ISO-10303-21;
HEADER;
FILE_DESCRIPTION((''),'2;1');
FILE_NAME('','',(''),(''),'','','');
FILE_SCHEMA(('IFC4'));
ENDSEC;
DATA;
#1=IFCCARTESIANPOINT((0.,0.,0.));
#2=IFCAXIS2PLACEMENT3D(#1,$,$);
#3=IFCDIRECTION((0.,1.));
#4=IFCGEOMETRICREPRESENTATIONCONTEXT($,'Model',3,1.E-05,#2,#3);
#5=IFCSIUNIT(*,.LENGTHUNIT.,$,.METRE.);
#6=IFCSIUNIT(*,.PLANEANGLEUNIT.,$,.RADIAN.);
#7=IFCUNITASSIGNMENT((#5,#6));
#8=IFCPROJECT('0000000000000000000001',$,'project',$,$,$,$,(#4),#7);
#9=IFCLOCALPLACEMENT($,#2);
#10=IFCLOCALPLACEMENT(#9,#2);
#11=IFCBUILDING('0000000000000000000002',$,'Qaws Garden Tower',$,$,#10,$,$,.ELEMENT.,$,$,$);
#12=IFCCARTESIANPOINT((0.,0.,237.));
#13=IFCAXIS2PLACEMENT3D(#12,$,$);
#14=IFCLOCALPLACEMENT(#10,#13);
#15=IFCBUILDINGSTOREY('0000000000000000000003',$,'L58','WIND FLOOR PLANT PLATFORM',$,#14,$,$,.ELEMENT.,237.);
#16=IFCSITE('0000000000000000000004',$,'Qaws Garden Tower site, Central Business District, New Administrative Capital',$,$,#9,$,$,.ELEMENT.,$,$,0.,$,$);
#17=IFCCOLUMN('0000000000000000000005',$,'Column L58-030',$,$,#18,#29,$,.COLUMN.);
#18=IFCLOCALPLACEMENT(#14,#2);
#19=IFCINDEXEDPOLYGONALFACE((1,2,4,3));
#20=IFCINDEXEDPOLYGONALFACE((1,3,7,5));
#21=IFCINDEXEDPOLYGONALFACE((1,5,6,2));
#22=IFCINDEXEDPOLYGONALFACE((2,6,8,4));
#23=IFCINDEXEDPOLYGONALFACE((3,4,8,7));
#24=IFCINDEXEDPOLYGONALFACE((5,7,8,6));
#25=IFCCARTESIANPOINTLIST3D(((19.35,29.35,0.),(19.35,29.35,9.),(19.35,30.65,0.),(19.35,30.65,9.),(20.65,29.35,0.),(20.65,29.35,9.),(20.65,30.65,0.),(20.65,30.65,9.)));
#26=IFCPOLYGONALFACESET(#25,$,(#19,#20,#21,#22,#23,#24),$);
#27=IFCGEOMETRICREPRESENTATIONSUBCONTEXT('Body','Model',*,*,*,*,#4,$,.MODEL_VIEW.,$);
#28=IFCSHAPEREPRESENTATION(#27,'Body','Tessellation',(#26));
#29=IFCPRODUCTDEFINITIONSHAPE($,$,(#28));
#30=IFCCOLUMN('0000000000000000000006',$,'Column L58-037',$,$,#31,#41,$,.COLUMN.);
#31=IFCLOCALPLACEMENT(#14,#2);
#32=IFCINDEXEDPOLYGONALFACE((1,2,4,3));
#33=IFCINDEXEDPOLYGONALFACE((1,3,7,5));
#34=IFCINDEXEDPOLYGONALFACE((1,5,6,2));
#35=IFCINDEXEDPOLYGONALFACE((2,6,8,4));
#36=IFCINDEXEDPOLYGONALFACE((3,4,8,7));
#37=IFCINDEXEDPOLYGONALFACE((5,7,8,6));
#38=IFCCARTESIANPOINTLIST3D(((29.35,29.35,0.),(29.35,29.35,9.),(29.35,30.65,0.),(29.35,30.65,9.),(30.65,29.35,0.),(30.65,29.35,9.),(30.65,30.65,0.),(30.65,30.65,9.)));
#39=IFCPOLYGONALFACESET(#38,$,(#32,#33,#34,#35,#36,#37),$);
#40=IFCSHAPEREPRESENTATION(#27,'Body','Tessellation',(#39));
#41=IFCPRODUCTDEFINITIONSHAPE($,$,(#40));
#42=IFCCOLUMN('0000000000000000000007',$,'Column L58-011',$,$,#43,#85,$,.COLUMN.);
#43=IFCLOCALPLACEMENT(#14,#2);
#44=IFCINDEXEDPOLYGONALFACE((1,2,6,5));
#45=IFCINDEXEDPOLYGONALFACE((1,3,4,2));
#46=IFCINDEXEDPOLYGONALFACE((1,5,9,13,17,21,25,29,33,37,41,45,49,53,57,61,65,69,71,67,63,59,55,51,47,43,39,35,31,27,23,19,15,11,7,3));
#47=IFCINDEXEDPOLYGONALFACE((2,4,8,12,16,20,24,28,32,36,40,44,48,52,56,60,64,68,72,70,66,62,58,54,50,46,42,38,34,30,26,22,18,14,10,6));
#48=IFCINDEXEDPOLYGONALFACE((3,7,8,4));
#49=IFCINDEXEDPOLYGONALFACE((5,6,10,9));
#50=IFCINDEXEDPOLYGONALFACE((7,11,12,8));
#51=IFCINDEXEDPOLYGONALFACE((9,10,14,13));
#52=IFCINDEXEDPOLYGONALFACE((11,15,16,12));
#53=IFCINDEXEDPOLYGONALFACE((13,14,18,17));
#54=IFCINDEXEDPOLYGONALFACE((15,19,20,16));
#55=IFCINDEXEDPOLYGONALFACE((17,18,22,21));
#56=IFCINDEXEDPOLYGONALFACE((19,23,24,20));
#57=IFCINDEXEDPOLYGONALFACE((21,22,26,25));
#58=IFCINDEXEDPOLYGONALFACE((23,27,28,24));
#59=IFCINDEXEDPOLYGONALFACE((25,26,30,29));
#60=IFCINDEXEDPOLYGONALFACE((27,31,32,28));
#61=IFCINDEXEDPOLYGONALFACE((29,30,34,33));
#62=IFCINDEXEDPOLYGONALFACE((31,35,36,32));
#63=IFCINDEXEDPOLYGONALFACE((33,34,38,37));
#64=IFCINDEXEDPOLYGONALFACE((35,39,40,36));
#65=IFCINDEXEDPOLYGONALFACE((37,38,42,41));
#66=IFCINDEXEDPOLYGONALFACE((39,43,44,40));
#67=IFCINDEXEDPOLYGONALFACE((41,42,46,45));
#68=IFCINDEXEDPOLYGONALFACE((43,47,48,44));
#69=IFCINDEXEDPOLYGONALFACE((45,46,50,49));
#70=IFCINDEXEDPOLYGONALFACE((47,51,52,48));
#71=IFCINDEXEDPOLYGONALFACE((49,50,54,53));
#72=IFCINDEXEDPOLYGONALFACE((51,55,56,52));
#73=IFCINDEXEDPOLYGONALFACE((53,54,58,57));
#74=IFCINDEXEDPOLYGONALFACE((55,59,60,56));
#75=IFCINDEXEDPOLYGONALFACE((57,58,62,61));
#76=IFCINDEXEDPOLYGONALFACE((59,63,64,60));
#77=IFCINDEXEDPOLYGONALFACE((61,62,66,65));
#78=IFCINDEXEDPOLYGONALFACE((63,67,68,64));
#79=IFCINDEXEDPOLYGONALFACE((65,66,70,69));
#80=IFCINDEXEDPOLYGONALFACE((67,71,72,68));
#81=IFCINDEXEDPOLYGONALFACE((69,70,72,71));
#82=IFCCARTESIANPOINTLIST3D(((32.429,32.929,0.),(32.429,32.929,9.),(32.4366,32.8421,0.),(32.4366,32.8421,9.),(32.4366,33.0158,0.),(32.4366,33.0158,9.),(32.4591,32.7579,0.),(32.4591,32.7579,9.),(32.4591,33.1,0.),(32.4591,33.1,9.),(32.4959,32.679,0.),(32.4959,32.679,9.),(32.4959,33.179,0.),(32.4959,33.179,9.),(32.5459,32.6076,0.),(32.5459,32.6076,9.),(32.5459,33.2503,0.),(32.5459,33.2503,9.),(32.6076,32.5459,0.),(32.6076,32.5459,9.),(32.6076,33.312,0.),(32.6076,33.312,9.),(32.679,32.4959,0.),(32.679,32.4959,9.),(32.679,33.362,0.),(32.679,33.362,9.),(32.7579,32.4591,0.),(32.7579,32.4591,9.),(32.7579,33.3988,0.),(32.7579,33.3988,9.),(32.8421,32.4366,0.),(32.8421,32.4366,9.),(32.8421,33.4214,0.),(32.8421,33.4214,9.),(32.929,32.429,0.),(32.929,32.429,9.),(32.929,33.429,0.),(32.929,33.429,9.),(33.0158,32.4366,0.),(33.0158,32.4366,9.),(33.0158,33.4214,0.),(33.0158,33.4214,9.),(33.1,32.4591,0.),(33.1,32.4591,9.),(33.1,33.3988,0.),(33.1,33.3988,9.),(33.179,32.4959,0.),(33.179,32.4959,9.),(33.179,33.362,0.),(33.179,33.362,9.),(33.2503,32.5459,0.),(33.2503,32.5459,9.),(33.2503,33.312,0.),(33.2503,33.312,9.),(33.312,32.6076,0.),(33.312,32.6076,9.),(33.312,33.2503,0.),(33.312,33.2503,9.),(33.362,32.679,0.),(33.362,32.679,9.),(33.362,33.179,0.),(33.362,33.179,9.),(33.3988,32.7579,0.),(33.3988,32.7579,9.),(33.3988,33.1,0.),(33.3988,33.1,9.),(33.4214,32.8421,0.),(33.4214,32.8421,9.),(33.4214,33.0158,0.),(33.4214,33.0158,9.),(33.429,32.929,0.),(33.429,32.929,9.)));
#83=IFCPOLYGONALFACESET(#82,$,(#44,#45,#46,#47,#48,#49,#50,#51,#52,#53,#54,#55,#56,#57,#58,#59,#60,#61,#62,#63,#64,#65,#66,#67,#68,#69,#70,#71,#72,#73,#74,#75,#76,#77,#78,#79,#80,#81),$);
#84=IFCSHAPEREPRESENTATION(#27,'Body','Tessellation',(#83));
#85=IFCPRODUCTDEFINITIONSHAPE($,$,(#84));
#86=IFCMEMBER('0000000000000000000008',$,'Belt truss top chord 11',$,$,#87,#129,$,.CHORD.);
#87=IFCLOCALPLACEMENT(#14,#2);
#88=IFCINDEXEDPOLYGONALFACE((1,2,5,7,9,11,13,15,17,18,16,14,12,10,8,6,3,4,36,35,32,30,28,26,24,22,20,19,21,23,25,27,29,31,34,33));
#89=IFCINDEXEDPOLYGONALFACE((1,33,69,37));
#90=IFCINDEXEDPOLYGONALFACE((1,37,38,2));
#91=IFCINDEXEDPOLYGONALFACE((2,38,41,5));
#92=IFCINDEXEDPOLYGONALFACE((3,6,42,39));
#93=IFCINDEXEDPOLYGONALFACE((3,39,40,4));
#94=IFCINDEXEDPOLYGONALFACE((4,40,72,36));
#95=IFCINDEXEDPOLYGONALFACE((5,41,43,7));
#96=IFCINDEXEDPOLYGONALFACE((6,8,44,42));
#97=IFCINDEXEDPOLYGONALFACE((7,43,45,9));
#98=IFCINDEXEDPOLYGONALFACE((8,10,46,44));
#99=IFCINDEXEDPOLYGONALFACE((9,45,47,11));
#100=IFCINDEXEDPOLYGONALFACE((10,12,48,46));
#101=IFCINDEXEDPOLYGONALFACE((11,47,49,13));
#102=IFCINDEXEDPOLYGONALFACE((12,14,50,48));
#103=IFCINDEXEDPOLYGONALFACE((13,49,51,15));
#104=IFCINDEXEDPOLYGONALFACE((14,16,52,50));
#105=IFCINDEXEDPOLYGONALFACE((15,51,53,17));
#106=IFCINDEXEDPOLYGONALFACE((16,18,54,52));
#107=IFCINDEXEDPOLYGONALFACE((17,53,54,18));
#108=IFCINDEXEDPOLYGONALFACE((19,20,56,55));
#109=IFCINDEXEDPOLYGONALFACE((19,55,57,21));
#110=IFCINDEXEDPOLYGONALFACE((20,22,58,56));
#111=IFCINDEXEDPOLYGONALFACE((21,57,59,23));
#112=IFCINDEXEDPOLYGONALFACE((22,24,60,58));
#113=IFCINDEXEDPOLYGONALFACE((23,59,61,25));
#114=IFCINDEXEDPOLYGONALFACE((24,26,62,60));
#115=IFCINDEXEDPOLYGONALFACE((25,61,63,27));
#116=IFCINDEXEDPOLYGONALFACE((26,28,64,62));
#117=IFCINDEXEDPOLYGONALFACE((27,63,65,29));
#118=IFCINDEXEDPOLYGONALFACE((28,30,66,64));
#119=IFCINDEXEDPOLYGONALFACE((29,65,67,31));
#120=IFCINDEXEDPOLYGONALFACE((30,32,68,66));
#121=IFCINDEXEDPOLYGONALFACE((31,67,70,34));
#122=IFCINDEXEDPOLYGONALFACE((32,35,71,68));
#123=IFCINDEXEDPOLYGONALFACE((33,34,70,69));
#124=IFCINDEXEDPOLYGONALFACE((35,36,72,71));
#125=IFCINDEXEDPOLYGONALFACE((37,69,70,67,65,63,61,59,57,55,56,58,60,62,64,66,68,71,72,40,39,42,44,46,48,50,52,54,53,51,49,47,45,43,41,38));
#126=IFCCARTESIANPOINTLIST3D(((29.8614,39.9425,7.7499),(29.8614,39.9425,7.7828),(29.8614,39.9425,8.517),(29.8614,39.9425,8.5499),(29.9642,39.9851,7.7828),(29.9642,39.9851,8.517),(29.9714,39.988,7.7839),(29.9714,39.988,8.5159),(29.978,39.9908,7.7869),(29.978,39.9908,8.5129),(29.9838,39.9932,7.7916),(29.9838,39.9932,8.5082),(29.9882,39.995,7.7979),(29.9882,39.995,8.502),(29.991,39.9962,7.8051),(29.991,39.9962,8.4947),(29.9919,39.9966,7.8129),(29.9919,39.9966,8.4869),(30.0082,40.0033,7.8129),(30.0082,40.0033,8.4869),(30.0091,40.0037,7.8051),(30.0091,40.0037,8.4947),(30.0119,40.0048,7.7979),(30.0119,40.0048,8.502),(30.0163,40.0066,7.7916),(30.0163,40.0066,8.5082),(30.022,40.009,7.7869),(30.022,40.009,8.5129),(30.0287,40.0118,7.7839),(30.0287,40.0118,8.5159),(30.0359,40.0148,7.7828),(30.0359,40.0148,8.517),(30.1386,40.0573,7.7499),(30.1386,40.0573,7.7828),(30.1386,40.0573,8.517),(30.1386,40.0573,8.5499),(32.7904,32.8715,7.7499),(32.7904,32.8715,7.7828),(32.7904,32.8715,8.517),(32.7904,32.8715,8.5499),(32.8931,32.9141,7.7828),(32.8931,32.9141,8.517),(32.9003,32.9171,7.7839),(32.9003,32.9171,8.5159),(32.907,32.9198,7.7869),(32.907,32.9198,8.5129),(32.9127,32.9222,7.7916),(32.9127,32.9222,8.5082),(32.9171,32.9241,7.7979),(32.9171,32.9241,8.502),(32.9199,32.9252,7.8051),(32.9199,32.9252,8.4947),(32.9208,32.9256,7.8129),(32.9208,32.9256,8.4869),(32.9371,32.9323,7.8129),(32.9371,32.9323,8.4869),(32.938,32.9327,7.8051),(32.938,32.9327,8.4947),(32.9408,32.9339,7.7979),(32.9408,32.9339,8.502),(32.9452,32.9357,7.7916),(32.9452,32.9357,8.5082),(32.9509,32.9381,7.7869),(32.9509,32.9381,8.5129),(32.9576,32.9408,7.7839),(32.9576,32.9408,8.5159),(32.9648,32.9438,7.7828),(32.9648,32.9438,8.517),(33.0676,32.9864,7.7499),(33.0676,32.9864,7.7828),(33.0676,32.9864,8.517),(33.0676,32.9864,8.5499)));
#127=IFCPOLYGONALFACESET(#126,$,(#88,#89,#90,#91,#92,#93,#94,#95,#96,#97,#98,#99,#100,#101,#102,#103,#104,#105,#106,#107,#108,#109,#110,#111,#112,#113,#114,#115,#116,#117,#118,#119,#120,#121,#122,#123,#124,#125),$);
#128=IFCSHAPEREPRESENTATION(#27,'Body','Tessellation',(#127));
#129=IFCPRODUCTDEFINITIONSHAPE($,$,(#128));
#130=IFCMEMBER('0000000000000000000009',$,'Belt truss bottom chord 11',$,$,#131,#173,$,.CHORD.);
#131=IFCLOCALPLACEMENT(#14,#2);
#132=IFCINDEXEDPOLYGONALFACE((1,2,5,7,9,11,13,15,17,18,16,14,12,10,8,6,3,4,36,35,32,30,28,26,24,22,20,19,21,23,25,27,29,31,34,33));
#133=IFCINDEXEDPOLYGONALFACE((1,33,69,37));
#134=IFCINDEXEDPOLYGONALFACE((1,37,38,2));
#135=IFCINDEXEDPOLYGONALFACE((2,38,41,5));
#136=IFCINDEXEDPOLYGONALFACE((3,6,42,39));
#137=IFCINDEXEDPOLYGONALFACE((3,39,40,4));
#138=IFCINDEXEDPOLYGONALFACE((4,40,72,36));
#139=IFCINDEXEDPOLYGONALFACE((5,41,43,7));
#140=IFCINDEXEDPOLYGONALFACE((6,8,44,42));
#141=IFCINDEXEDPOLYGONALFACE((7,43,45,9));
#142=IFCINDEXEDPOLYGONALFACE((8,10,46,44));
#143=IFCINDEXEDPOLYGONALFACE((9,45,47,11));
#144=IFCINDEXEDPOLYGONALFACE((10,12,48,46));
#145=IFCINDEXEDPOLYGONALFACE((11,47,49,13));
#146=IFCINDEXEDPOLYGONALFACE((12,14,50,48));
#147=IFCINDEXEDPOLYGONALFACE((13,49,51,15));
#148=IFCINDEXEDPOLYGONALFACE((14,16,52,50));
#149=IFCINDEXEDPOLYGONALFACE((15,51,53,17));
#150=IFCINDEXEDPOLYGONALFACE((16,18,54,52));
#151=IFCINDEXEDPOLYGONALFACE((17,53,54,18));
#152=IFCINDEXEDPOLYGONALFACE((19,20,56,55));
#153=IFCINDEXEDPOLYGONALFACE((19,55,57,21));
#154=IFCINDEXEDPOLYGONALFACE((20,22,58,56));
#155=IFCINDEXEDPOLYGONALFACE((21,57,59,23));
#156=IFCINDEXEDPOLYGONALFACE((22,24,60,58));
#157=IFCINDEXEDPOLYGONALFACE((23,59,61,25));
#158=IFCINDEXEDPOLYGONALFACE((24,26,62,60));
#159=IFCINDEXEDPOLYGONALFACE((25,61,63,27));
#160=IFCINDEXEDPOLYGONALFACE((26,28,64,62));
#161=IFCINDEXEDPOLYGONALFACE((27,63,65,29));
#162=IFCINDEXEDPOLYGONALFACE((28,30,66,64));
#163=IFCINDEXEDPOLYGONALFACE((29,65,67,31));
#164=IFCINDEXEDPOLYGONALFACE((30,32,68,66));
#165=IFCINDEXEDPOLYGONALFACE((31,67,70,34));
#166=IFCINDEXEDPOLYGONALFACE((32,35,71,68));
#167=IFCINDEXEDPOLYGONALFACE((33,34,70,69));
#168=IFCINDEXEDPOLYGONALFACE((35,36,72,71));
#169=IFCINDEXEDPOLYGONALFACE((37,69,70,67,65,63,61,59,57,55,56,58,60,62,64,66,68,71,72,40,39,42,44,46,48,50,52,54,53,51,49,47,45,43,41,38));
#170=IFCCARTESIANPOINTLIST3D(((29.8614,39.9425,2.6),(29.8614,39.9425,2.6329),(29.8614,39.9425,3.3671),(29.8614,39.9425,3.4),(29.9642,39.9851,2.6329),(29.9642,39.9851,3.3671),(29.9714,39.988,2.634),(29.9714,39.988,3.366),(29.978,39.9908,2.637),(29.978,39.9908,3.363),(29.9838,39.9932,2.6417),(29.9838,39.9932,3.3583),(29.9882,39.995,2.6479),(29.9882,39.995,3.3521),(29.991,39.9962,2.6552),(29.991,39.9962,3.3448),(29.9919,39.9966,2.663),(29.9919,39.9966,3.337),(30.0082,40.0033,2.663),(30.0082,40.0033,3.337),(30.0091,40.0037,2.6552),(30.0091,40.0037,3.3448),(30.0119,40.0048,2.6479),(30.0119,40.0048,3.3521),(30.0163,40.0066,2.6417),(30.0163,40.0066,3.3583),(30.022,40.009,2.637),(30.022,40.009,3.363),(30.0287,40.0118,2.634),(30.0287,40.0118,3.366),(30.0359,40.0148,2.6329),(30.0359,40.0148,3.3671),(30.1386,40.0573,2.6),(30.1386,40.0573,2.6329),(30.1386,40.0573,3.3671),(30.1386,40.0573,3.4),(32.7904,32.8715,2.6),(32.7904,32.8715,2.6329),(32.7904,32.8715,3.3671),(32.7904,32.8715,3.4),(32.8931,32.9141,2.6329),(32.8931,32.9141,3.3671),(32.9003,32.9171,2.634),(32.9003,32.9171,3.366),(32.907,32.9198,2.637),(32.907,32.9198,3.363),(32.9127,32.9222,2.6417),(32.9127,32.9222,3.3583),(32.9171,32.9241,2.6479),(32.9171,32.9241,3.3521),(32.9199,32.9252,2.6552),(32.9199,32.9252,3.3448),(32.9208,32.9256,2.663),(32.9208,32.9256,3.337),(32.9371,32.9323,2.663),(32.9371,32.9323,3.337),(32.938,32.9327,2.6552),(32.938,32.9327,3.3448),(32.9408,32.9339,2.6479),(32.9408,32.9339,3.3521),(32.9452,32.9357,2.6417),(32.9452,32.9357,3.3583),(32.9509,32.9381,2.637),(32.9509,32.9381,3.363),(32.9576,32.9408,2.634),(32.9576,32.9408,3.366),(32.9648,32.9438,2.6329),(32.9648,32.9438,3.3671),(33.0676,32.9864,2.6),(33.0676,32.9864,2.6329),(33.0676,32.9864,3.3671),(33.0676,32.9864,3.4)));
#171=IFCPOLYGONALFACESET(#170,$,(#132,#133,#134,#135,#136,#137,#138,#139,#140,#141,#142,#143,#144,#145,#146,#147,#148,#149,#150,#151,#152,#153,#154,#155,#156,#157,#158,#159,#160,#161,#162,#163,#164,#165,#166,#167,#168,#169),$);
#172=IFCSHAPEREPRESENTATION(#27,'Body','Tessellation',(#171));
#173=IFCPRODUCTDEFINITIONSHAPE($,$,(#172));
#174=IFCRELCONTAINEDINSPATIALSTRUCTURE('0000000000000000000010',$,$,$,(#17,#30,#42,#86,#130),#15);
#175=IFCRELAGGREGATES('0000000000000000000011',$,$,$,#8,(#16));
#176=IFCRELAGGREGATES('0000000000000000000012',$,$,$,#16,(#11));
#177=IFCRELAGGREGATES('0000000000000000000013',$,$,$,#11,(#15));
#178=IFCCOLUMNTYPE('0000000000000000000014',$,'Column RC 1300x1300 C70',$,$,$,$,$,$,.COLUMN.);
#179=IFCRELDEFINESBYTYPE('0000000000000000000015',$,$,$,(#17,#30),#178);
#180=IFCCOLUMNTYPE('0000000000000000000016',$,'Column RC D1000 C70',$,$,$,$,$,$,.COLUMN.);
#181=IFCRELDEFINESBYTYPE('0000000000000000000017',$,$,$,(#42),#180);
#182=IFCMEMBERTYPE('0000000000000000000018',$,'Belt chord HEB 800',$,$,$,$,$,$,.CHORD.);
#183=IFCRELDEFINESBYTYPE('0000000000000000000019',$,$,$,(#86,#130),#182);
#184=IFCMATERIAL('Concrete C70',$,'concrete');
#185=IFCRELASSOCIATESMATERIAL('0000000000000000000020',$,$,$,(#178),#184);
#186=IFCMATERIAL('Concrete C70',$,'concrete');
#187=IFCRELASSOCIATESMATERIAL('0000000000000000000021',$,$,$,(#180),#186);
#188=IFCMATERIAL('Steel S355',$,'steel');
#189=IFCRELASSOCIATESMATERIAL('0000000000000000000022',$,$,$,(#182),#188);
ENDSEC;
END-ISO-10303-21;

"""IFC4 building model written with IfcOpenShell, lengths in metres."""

from ifc_helpers import new_model, si_unit, direction, frame, origin, origin_2d, place, context, subcontext, project, spatial, rectangle, circle, i_section, extrude, material, material_profile, profile_set, type_object, element, save


model = new_model("IFC4")

# Units and contexts
model_context = context("Model", 3, precision=1e-05, world=origin(), true_north=direction((0.0, 1.0)))
body_context = subcontext(model_context, "Body", "Model", "MODEL_VIEW")
ifc_project = project(units=[si_unit("LENGTHUNIT", "METRE"), si_unit("PLANEANGLEUNIT", "RADIAN")], contexts=[model_context])

# Site, building, storey
site_placement = place(None, origin())
site = spatial("IfcSite", under=ifc_project, at=site_placement, Name="Qaws Garden Tower site, Central Business District, New Administrative Capital", CompositionType="ELEMENT", RefElevation=0.0)
building_placement = place(site_placement, origin())
building = spatial("IfcBuilding", under=site, at=building_placement, Name="Qaws Garden Tower", CompositionType="ELEMENT")
storey_placement = place(building_placement, frame((0.0, 0.0, 237.0)))
storey = spatial("IfcBuildingStorey", under=building, at=storey_placement, Name="L58", Description="WIND FLOOR PLANT PLATFORM", CompositionType="ELEMENT", Elevation=237.0)

# Columns
ifc_material_1 = material(Name="Concrete C70", Category="concrete")
ifc_material_profile_1 = material_profile(ifc_material_1, rectangle(XDim=1.3, YDim=1.3, at=origin_2d()), Name="RC 1300x1300")
ifc_profile_set_1 = profile_set([ifc_material_profile_1], Name="Concrete C70")
column_type_1 = type_object("IfcColumnType", Name="Column RC 1300x1300 C70", PredefinedType="COLUMN", material=ifc_profile_set_1)
for number, where, z_axis, x_axis, name in (
    (1, (20.0, 30.0, 0.0), (0.0, 0.0, 1.0), (1.0, 0.0, 0.0), "Column L58-030"),
    (2, (30.0, 30.0, 0.0), (0.0, 0.0, 1.0), (1.0, 0.0, 0.0), "Column L58-037"),
):
    element("IfcColumn", number, at=place(storey_placement, frame(where, z_axis=z_axis, x_axis=x_axis)), inside=storey, type_object=column_type_1, Name=name, PredefinedType="COLUMN", context=body_context, shape_type="SweptSolid", body=[
        extrude(rectangle(XDim=1.3, YDim=1.3, at=origin_2d()), origin(), (0.0, 0.0, 1.0), 9.0),
    ])
ifc_material_2 = material(Name="Concrete C70", Category="concrete")
ifc_material_profile_2 = material_profile(ifc_material_2, circle(Radius=0.5, at=origin_2d()), Name="RC D1000")
ifc_profile_set_2 = profile_set([ifc_material_profile_2], Name="Concrete C70")
column_type_2 = type_object("IfcColumnType", Name="Column RC D1000 C70", PredefinedType="COLUMN", material=ifc_profile_set_2)
column_placement = place(storey_placement, frame((32.929, 32.929, 0.0), z_axis=(0.0, 0.0, 1.0), x_axis=(1.0, 0.0, 0.0)))
element("IfcColumn", 3, at=column_placement, inside=storey, type_object=column_type_2, Name="Column L58-011", PredefinedType="COLUMN", context=body_context, shape_type="SweptSolid", body=[
    extrude(circle(Radius=0.5, at=origin_2d()), origin(), (0.0, 0.0, 1.0), 9.0),
])

# Members
ifc_material_3 = material(Name="Steel S355", Category="steel")
ifc_material_profile_3 = material_profile(ifc_material_3, i_section(OverallWidth=0.3, OverallDepth=0.8, WebThickness=0.0176, FlangeThickness=0.033, FilletRadius=0.03, at=origin_2d()), Name="HEB 800")
ifc_profile_set_3 = profile_set([ifc_material_profile_3], Name="Steel S355")
member_type_1 = type_object("IfcMemberType", Name="Belt chord HEB 800", PredefinedType="CHORD", material=ifc_profile_set_3)
for number, where, z_axis, x_axis, name in (
    (4, (32.929, 32.929, 8.1499), (-0.382687, 0.923878, 0.0), (-0.923878, -0.382687, 0.0), "Belt truss top chord 11"),
    (5, (32.929, 32.929, 3.0), (-0.382687, 0.923878, 0.0), (-0.923878, -0.382687, 0.0), "Belt truss bottom chord 11"),
):
    element("IfcMember", number, at=place(storey_placement, frame(where, z_axis=z_axis, x_axis=x_axis)), inside=storey, type_object=member_type_1, Name=name, PredefinedType="CHORD", context=body_context, shape_type="SweptSolid", body=[
        extrude(i_section(OverallWidth=0.3, OverallDepth=0.8, WebThickness=0.0176, FlangeThickness=0.033, FilletRadius=0.03, at=origin_2d()), origin(), (0.0, 0.0, 1.0), 7.6536),
    ])

save(model, "model.ifc")
